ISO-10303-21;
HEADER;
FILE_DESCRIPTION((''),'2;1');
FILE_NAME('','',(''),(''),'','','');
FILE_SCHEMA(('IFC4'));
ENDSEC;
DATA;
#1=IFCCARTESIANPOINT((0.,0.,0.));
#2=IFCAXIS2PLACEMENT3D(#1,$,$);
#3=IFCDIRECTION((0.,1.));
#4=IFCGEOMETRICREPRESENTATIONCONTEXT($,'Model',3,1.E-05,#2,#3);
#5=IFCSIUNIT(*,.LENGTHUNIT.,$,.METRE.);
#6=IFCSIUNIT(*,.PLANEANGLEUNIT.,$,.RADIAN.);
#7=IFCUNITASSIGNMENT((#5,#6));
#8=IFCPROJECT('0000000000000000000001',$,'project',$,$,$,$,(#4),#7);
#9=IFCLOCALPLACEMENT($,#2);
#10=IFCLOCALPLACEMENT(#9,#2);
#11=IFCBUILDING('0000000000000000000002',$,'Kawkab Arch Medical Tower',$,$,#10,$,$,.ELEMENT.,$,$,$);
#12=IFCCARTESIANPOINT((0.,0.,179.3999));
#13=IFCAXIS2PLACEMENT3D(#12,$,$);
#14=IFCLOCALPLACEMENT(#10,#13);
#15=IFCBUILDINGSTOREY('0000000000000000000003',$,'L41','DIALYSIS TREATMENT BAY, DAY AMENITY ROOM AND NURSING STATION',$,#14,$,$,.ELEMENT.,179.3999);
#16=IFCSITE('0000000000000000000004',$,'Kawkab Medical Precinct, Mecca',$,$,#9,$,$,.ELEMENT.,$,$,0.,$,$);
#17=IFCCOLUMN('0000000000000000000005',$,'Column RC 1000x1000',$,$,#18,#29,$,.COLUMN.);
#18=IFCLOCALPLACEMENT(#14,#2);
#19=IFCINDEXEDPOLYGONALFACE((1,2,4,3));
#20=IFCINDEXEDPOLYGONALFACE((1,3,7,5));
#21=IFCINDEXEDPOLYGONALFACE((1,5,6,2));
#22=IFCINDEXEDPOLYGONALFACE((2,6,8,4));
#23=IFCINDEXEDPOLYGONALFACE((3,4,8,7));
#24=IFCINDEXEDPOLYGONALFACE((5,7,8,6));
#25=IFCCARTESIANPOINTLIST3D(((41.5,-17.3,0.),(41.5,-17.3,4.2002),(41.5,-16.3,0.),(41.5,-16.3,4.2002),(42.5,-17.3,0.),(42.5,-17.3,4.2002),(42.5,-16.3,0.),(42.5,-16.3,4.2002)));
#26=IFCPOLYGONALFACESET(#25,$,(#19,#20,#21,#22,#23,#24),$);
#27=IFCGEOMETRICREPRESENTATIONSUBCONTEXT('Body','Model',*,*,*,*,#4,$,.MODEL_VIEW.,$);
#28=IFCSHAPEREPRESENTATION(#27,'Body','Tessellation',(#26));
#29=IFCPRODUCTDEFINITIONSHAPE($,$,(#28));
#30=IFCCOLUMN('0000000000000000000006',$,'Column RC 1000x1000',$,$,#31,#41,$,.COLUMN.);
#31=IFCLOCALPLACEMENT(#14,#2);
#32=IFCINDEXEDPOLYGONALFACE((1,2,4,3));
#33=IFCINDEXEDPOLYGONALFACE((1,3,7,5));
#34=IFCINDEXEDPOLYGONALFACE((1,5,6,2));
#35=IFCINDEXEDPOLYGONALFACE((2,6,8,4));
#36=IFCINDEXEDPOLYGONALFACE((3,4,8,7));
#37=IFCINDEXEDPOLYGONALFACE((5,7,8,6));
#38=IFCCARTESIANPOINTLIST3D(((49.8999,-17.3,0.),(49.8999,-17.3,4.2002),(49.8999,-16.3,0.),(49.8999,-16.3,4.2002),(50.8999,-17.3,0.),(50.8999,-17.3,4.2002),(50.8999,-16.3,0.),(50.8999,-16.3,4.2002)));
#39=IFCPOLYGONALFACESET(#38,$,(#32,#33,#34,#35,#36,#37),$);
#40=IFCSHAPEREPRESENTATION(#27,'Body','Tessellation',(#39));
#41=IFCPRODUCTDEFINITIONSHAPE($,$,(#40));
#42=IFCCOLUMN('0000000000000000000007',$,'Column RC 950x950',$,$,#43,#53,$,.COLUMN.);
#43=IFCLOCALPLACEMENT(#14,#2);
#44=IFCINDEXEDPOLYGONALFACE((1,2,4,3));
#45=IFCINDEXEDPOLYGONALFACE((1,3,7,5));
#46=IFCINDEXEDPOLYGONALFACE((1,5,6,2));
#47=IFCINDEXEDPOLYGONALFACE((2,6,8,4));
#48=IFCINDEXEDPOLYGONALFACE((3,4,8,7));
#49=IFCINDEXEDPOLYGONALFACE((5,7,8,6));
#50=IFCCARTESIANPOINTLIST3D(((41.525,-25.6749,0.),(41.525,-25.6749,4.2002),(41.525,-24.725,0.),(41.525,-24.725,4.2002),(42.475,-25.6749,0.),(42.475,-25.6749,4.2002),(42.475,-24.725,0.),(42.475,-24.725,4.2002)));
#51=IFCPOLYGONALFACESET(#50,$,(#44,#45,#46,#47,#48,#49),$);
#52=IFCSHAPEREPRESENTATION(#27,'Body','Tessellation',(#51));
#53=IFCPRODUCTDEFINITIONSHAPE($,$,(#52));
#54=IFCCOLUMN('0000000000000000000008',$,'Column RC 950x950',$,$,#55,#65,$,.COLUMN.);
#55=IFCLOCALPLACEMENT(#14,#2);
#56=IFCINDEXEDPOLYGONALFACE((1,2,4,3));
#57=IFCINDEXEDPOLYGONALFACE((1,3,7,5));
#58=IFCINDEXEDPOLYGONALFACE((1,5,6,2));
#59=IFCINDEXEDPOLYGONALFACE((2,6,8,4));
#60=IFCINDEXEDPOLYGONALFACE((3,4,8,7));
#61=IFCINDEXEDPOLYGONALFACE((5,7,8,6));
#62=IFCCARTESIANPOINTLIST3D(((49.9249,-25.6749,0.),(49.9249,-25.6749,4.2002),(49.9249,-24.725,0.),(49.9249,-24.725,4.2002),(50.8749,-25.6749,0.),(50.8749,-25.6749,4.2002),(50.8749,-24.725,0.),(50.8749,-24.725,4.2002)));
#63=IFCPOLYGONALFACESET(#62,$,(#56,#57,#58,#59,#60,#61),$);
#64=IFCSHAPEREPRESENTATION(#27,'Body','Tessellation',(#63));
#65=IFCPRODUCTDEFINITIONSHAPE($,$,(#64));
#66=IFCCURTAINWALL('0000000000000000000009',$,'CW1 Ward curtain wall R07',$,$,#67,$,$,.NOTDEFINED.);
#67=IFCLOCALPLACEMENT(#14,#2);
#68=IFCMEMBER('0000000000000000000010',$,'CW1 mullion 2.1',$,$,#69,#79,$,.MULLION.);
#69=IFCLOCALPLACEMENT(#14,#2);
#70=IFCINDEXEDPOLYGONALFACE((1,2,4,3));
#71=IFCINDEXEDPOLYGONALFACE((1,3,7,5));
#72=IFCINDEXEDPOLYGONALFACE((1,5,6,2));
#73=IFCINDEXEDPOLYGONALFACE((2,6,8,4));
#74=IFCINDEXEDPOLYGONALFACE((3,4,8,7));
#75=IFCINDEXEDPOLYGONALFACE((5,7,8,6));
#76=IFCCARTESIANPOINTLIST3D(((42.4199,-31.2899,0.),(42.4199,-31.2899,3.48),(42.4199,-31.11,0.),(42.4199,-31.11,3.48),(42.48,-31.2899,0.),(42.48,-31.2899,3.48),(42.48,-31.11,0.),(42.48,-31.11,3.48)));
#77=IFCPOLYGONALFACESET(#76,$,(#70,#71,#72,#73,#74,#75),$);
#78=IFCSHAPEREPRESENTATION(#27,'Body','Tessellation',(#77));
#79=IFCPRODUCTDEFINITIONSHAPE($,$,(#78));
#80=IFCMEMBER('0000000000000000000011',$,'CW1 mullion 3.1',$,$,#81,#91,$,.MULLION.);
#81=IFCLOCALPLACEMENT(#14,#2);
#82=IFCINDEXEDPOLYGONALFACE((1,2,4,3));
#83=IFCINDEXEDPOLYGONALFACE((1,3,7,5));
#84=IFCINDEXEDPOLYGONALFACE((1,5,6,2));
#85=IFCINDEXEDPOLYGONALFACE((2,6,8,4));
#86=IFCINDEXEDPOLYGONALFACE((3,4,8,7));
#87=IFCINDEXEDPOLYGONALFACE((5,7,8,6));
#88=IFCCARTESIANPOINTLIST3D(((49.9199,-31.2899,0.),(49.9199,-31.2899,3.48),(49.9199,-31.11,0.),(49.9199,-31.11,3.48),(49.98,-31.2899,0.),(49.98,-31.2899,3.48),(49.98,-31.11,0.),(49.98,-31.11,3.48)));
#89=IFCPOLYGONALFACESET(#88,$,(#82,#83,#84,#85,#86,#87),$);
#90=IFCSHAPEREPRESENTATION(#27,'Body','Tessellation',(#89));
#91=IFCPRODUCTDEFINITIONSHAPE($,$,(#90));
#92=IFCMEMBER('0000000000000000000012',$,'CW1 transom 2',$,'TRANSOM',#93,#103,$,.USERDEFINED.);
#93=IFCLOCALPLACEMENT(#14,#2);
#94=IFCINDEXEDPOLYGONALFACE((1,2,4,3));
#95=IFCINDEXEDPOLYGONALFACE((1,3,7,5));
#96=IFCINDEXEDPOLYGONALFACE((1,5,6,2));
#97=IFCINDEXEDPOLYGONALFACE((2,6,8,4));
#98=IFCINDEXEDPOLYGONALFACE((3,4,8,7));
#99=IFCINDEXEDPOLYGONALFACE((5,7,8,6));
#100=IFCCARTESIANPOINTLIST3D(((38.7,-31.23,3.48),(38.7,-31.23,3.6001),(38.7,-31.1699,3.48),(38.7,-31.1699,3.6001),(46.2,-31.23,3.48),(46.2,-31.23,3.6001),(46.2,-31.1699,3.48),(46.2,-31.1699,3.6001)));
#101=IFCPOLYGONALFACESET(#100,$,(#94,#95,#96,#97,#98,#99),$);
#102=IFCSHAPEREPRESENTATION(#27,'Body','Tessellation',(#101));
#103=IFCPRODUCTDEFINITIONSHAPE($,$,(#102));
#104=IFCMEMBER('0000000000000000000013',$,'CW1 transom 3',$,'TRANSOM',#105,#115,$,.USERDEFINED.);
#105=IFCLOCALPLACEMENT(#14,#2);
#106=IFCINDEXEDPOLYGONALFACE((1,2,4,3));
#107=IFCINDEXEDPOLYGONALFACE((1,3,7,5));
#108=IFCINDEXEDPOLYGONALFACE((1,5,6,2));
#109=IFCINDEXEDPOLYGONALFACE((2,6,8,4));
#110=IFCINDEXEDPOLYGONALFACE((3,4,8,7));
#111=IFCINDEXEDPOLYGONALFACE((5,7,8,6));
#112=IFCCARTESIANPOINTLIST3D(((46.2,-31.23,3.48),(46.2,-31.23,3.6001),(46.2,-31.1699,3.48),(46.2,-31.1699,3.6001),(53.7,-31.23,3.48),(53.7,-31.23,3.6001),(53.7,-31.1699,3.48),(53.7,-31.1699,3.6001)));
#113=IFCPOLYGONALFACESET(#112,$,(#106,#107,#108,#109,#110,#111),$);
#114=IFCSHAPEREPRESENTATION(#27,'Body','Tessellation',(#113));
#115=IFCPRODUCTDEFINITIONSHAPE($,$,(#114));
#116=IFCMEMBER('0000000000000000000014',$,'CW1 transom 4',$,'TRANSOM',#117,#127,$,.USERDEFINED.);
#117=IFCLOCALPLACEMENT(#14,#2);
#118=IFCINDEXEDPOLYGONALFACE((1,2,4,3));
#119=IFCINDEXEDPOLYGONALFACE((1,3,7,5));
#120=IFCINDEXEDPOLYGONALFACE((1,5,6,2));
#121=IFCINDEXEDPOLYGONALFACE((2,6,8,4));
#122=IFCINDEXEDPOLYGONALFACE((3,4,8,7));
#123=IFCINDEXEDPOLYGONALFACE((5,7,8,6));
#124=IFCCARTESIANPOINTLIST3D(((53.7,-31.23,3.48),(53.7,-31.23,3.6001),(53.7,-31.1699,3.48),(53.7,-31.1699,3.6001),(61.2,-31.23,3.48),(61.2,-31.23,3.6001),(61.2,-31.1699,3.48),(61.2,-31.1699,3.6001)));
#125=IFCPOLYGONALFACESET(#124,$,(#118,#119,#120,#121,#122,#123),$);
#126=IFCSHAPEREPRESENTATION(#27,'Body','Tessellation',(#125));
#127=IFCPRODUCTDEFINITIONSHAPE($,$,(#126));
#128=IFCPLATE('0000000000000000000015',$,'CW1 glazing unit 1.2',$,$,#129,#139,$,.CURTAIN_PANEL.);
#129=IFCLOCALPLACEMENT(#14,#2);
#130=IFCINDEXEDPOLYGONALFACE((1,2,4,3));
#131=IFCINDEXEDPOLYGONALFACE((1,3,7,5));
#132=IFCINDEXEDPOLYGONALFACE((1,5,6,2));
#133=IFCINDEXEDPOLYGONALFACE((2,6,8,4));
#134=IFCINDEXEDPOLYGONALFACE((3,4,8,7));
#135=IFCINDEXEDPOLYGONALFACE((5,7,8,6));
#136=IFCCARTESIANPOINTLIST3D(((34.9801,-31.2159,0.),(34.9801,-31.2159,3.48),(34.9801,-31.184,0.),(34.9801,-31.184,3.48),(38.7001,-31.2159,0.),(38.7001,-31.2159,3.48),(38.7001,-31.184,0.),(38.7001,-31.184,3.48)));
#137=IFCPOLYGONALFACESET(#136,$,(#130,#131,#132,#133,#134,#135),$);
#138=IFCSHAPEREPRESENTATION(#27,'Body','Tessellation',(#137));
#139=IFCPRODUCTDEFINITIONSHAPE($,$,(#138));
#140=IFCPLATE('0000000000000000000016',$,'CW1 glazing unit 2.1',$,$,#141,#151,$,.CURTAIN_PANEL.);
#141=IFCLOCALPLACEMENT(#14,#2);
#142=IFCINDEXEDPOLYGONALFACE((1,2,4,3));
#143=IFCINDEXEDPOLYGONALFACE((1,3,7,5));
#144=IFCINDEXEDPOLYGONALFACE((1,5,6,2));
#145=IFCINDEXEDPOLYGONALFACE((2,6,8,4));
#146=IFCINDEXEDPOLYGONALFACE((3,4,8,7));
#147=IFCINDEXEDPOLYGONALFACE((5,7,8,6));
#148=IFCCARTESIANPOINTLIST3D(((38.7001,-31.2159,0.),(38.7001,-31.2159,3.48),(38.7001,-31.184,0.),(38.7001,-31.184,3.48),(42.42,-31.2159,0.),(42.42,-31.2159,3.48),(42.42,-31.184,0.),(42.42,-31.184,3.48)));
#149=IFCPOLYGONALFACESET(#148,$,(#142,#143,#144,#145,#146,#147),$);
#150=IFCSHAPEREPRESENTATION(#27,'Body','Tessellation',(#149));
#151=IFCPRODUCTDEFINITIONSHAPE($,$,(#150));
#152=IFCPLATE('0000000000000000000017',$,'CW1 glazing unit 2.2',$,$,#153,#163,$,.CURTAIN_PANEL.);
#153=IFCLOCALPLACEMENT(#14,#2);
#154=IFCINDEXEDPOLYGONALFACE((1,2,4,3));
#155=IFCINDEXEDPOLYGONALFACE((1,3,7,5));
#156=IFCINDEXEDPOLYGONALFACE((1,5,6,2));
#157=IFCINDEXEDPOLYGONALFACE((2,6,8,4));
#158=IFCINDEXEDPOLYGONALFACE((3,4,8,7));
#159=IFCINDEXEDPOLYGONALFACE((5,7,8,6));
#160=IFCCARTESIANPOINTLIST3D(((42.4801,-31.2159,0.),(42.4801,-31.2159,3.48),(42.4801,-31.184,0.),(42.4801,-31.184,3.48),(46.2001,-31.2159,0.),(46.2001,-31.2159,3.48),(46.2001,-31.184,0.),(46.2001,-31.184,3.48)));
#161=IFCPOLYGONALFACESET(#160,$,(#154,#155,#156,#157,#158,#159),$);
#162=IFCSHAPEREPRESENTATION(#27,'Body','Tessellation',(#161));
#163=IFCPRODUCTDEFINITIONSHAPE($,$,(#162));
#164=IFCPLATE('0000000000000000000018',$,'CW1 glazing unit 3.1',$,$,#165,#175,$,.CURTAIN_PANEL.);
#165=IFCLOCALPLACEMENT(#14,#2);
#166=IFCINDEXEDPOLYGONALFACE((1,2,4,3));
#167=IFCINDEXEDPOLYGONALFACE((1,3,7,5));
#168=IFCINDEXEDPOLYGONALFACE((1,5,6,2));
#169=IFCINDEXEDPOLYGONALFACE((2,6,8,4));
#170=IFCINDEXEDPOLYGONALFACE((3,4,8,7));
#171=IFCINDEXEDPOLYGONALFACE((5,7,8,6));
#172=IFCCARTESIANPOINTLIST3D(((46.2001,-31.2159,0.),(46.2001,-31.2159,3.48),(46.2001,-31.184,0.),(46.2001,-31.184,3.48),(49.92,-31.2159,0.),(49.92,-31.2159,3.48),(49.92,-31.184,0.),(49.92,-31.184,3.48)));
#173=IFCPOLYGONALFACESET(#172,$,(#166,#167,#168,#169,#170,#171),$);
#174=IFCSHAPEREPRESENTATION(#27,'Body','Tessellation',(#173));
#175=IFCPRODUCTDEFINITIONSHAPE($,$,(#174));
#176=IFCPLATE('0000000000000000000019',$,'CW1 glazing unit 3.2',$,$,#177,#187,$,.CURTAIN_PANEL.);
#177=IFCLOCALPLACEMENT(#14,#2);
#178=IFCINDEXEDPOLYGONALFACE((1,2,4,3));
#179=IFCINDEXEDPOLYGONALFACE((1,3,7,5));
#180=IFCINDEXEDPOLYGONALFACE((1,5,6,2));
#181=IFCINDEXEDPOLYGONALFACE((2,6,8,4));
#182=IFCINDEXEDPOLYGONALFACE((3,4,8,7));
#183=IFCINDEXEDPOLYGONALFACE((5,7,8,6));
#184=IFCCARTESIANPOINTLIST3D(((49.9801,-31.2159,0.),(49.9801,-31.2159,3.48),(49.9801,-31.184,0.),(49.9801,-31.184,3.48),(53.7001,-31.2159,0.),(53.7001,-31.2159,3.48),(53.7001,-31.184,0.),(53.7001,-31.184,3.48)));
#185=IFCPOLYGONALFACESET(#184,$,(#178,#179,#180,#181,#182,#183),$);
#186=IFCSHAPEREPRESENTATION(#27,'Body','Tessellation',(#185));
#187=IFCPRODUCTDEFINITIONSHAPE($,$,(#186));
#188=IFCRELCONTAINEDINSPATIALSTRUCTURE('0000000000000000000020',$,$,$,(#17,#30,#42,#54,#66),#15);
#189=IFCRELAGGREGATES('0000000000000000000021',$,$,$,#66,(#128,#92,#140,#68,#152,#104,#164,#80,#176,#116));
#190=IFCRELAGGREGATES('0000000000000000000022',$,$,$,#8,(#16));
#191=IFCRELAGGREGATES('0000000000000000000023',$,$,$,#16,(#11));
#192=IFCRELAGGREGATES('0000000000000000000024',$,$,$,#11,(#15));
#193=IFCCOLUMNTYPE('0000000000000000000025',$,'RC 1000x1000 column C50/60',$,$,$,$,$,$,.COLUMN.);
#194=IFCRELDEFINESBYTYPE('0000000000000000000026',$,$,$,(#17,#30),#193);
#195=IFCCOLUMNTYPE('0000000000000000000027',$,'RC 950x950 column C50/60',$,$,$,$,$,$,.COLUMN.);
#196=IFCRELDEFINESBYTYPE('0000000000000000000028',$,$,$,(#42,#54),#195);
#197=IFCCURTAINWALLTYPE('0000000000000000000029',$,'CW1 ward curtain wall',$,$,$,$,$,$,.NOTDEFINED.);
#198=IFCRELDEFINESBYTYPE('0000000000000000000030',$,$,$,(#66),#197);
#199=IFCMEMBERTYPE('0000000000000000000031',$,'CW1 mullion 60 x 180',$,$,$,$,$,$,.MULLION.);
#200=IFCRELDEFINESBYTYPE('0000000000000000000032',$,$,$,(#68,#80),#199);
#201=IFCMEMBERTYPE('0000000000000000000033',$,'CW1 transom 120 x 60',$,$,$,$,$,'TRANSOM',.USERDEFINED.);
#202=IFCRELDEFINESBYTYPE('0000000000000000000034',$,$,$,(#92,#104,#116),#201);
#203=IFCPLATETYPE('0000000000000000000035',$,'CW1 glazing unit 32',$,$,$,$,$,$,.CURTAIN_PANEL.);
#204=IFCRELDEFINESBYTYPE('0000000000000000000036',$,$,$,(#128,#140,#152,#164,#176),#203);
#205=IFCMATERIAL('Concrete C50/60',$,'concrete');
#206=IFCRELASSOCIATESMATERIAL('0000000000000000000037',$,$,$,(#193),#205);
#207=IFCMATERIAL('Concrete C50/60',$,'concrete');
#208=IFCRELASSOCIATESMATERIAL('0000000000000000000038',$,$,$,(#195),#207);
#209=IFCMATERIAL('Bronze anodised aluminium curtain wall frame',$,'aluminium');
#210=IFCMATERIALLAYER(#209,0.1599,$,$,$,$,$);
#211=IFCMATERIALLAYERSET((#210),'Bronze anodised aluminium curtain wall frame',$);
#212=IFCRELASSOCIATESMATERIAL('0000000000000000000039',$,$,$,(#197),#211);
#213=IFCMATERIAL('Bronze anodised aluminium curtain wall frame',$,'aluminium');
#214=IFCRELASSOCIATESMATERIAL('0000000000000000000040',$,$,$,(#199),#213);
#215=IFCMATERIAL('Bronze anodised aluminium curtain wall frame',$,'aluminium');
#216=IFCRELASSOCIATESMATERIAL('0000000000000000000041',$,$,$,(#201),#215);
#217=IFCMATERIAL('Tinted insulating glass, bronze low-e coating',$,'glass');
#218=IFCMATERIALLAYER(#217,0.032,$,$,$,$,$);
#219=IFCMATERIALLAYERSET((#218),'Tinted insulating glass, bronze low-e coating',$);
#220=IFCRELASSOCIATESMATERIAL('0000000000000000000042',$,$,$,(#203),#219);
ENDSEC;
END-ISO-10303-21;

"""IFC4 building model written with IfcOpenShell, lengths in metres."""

from ifc_helpers import new_model, si_unit, direction, frame, origin, origin_2d, place, context, subcontext, project, spatial, rectangle, extrude, material, layer, layer_set, material_profile, profile_set, type_object, element, aggregate, save


model = new_model("IFC4")

# Units and contexts
model_context = context("Model", 3, precision=1e-05, world=origin(), true_north=direction((0.0, 1.0)))
body_context = subcontext(model_context, "Body", "Model", "MODEL_VIEW")
ifc_project = project(units=[si_unit("LENGTHUNIT", "METRE"), si_unit("PLANEANGLEUNIT", "RADIAN")], contexts=[model_context])

# Site, building, storey
site_placement = place(None, origin())
site = spatial("IfcSite", under=ifc_project, at=site_placement, Name="Kawkab Medical Precinct, Mecca", CompositionType="ELEMENT", RefElevation=0.0)
building_placement = place(site_placement, origin())
building = spatial("IfcBuilding", under=site, at=building_placement, Name="Kawkab Arch Medical Tower", CompositionType="ELEMENT")
storey_placement = place(building_placement, frame((0.0, 0.0, 179.3999)))
storey = spatial("IfcBuildingStorey", under=building, at=storey_placement, Name="L41", Description="DIALYSIS TREATMENT BAY, DAY AMENITY ROOM AND NURSING STATION", CompositionType="ELEMENT", Elevation=179.3999)

# Columns
ifc_material_1 = material(Name="Concrete C50/60", Category="concrete")
ifc_material_profile_1 = material_profile(ifc_material_1, rectangle(XDim=1.0, YDim=1.0, at=origin_2d()), Name="RC 1000x1000")
ifc_profile_set_1 = profile_set([ifc_material_profile_1], Name="Concrete C50/60")
column_type_1 = type_object("IfcColumnType", Name="RC 1000x1000 column C50/60", PredefinedType="COLUMN", material=ifc_profile_set_1)
for number, where, z_axis, x_axis, name in (
    (1, (42.0, -16.8, 0.0), (0.0, 0.0, 1.0), (1.0, 0.0, 0.0), "Column RC 1000x1000"),
    (2, (50.3999, -16.8, 0.0), (0.0, 0.0, 1.0), (1.0, 0.0, 0.0), "Column RC 1000x1000"),
):
    element("IfcColumn", number, at=place(storey_placement, frame(where, z_axis=z_axis, x_axis=x_axis)), inside=storey, type_object=column_type_1, Name=name, PredefinedType="COLUMN", context=body_context, shape_type="SweptSolid", body=[
        extrude(rectangle(XDim=1.0, YDim=1.0, at=origin_2d()), origin(), (0.0, 0.0, 1.0), 4.2002),
    ])
ifc_material_2 = material(Name="Concrete C50/60", Category="concrete")
ifc_material_profile_2 = material_profile(ifc_material_2, rectangle(XDim=0.95, YDim=0.95, at=origin_2d()), Name="RC 950x950")
ifc_profile_set_2 = profile_set([ifc_material_profile_2], Name="Concrete C50/60")
column_type_2 = type_object("IfcColumnType", Name="RC 950x950 column C50/60", PredefinedType="COLUMN", material=ifc_profile_set_2)
for number, where, z_axis, x_axis, name in (
    (3, (42.0, -25.2, 0.0), (0.0, 0.0, 1.0), (1.0, 0.0, 0.0), "Column RC 950x950"),
    (4, (50.3999, -25.2, 0.0), (0.0, 0.0, 1.0), (1.0, 0.0, 0.0), "Column RC 950x950"),
):
    element("IfcColumn", number, at=place(storey_placement, frame(where, z_axis=z_axis, x_axis=x_axis)), inside=storey, type_object=column_type_2, Name=name, PredefinedType="COLUMN", context=body_context, shape_type="SweptSolid", body=[
        extrude(rectangle(XDim=0.95, YDim=0.95, at=origin_2d()), origin(), (0.0, 0.0, 1.0), 4.2002),
    ])

# Curtain wall, members, plates
ifc_material_3 = material(Name="Bronze anodised aluminium curtain wall frame", Category="aluminium")
ifc_layer_1 = layer(ifc_material_3, 0.1599)
ifc_layer_set_1 = layer_set([ifc_layer_1], Name="Bronze anodised aluminium curtain wall frame")
curtain_wall_type = type_object("IfcCurtainWallType", Name="CW1 ward curtain wall", PredefinedType="NOTDEFINED", material=ifc_layer_set_1)
curtain_wall_placement = place(storey_placement, origin())
curtain_wall = element("IfcCurtainWall", 5, at=curtain_wall_placement, inside=storey, type_object=curtain_wall_type, Name="CW1 Ward curtain wall R07", PredefinedType="NOTDEFINED")
ifc_material_4 = material(Name="Bronze anodised aluminium curtain wall frame", Category="aluminium")
ifc_material_profile_3 = material_profile(ifc_material_4, rectangle(XDim=0.1799, YDim=0.0601, at=origin_2d()), Name="AL 60x180")
ifc_profile_set_3 = profile_set([ifc_material_profile_3], Name="Bronze anodised aluminium curtain wall frame")
member_type_1 = type_object("IfcMemberType", Name="CW1 mullion 60 x 180", PredefinedType="MULLION", material=ifc_profile_set_3)
member_1_placement = place(storey_placement, frame((42.45, -31.2, 0.0), z_axis=(0.0, 0.0, 1.0), x_axis=(0.0, 1.0, 0.0)))
member_1 = element("IfcMember", 6, at=member_1_placement, type_object=member_type_1, Name="CW1 mullion 2.1", PredefinedType="MULLION", context=body_context, shape_type="SweptSolid", body=[
    extrude(rectangle(XDim=0.1799, YDim=0.0601, at=origin_2d()), origin(), (0.0, 0.0, 1.0), 3.48),
])
member_2_placement = place(storey_placement, frame((49.95, -31.2, 0.0), z_axis=(0.0, 0.0, 1.0), x_axis=(0.0, 1.0, 0.0)))
member_2 = element("IfcMember", 7, at=member_2_placement, type_object=member_type_1, Name="CW1 mullion 3.1", PredefinedType="MULLION", context=body_context, shape_type="SweptSolid", body=[
    extrude(rectangle(XDim=0.1799, YDim=0.0601, at=origin_2d()), origin(), (0.0, 0.0, 1.0), 3.48),
])
ifc_material_5 = material(Name="Bronze anodised aluminium curtain wall frame", Category="aluminium")
ifc_material_profile_4 = material_profile(ifc_material_5, rectangle(XDim=0.0601, YDim=0.1201, at=origin_2d()), Name="AL 60x120")
ifc_profile_set_4 = profile_set([ifc_material_profile_4], Name="Bronze anodised aluminium curtain wall frame")
member_type_2 = type_object("IfcMemberType", Name="CW1 transom 120 x 60", ElementType="TRANSOM", PredefinedType="USERDEFINED", material=ifc_profile_set_4)
member_3_placement = place(storey_placement, frame((38.7, -31.2, 3.54), z_axis=(1.0, 0.0, 0.0), x_axis=(0.0, 1.0, 0.0)))
member_3 = element("IfcMember", 8, at=member_3_placement, type_object=member_type_2, Name="CW1 transom 2", ObjectType="TRANSOM", PredefinedType="USERDEFINED", context=body_context, shape_type="SweptSolid", body=[
    extrude(rectangle(XDim=0.0601, YDim=0.1201, at=origin_2d()), origin(), (0.0, 0.0, 1.0), 7.5),
])
member_4_placement = place(storey_placement, frame((46.2, -31.2, 3.54), z_axis=(1.0, 0.0, 0.0), x_axis=(0.0, 1.0, 0.0)))
member_4 = element("IfcMember", 9, at=member_4_placement, type_object=member_type_2, Name="CW1 transom 3", ObjectType="TRANSOM", PredefinedType="USERDEFINED", context=body_context, shape_type="SweptSolid", body=[
    extrude(rectangle(XDim=0.0601, YDim=0.1201, at=origin_2d()), origin(), (0.0, 0.0, 1.0), 7.5),
])
member_5_placement = place(storey_placement, frame((53.7, -31.2, 3.54), z_axis=(1.0, 0.0, 0.0), x_axis=(0.0, 1.0, 0.0)))
member_5 = element("IfcMember", 10, at=member_5_placement, type_object=member_type_2, Name="CW1 transom 4", ObjectType="TRANSOM", PredefinedType="USERDEFINED", context=body_context, shape_type="SweptSolid", body=[
    extrude(rectangle(XDim=0.0601, YDim=0.1201, at=origin_2d()), origin(), (0.0, 0.0, 1.0), 7.5),
])
ifc_material_6 = material(Name="Tinted insulating glass, bronze low-e coating", Category="glass")
ifc_layer_2 = layer(ifc_material_6, 0.032)
ifc_layer_set_2 = layer_set([ifc_layer_2], Name="Tinted insulating glass, bronze low-e coating")
plate_type = type_object("IfcPlateType", Name="CW1 glazing unit 32", PredefinedType="CURTAIN_PANEL", material=ifc_layer_set_2)
plate_1_placement = place(storey_placement, frame((36.8401, -31.2, 0.0), z_axis=(0.0, 0.0, 1.0), x_axis=(1.0, 0.0, 0.0)))
plate_1 = element("IfcPlate", 11, at=plate_1_placement, type_object=plate_type, Name="CW1 glazing unit 1.2", PredefinedType="CURTAIN_PANEL", context=body_context, shape_type="SweptSolid", body=[
    extrude(rectangle(XDim=3.72, YDim=0.032, at=origin_2d()), origin(), (0.0, 0.0, 1.0), 3.48),
])
plate_2_placement = place(storey_placement, frame((40.5601, -31.2, 0.0), z_axis=(0.0, 0.0, 1.0), x_axis=(1.0, 0.0, 0.0)))
plate_2 = element("IfcPlate", 12, at=plate_2_placement, type_object=plate_type, Name="CW1 glazing unit 2.1", PredefinedType="CURTAIN_PANEL", context=body_context, shape_type="SweptSolid", body=[
    extrude(rectangle(XDim=3.72, YDim=0.032, at=origin_2d()), origin(), (0.0, 0.0, 1.0), 3.48),
])
plate_3_placement = place(storey_placement, frame((44.3401, -31.2, 0.0), z_axis=(0.0, 0.0, 1.0), x_axis=(1.0, 0.0, 0.0)))
plate_3 = element("IfcPlate", 13, at=plate_3_placement, type_object=plate_type, Name="CW1 glazing unit 2.2", PredefinedType="CURTAIN_PANEL", context=body_context, shape_type="SweptSolid", body=[
    extrude(rectangle(XDim=3.72, YDim=0.032, at=origin_2d()), origin(), (0.0, 0.0, 1.0), 3.48),
])
plate_4_placement = place(storey_placement, frame((48.0601, -31.2, 0.0), z_axis=(0.0, 0.0, 1.0), x_axis=(1.0, 0.0, 0.0)))
plate_4 = element("IfcPlate", 14, at=plate_4_placement, type_object=plate_type, Name="CW1 glazing unit 3.1", PredefinedType="CURTAIN_PANEL", context=body_context, shape_type="SweptSolid", body=[
    extrude(rectangle(XDim=3.72, YDim=0.032, at=origin_2d()), origin(), (0.0, 0.0, 1.0), 3.48),
])
plate_5_placement = place(storey_placement, frame((51.8401, -31.2, 0.0), z_axis=(0.0, 0.0, 1.0), x_axis=(1.0, 0.0, 0.0)))
plate_5 = element("IfcPlate", 15, at=plate_5_placement, type_object=plate_type, Name="CW1 glazing unit 3.2", PredefinedType="CURTAIN_PANEL", context=body_context, shape_type="SweptSolid", body=[
    extrude(rectangle(XDim=3.72, YDim=0.032, at=origin_2d()), origin(), (0.0, 0.0, 1.0), 3.48),
])
aggregate(curtain_wall, [plate_1, member_3, plate_2, member_1, plate_3, member_4, plate_4, member_2, plate_5, member_5])

save(model, "model.ifc")
